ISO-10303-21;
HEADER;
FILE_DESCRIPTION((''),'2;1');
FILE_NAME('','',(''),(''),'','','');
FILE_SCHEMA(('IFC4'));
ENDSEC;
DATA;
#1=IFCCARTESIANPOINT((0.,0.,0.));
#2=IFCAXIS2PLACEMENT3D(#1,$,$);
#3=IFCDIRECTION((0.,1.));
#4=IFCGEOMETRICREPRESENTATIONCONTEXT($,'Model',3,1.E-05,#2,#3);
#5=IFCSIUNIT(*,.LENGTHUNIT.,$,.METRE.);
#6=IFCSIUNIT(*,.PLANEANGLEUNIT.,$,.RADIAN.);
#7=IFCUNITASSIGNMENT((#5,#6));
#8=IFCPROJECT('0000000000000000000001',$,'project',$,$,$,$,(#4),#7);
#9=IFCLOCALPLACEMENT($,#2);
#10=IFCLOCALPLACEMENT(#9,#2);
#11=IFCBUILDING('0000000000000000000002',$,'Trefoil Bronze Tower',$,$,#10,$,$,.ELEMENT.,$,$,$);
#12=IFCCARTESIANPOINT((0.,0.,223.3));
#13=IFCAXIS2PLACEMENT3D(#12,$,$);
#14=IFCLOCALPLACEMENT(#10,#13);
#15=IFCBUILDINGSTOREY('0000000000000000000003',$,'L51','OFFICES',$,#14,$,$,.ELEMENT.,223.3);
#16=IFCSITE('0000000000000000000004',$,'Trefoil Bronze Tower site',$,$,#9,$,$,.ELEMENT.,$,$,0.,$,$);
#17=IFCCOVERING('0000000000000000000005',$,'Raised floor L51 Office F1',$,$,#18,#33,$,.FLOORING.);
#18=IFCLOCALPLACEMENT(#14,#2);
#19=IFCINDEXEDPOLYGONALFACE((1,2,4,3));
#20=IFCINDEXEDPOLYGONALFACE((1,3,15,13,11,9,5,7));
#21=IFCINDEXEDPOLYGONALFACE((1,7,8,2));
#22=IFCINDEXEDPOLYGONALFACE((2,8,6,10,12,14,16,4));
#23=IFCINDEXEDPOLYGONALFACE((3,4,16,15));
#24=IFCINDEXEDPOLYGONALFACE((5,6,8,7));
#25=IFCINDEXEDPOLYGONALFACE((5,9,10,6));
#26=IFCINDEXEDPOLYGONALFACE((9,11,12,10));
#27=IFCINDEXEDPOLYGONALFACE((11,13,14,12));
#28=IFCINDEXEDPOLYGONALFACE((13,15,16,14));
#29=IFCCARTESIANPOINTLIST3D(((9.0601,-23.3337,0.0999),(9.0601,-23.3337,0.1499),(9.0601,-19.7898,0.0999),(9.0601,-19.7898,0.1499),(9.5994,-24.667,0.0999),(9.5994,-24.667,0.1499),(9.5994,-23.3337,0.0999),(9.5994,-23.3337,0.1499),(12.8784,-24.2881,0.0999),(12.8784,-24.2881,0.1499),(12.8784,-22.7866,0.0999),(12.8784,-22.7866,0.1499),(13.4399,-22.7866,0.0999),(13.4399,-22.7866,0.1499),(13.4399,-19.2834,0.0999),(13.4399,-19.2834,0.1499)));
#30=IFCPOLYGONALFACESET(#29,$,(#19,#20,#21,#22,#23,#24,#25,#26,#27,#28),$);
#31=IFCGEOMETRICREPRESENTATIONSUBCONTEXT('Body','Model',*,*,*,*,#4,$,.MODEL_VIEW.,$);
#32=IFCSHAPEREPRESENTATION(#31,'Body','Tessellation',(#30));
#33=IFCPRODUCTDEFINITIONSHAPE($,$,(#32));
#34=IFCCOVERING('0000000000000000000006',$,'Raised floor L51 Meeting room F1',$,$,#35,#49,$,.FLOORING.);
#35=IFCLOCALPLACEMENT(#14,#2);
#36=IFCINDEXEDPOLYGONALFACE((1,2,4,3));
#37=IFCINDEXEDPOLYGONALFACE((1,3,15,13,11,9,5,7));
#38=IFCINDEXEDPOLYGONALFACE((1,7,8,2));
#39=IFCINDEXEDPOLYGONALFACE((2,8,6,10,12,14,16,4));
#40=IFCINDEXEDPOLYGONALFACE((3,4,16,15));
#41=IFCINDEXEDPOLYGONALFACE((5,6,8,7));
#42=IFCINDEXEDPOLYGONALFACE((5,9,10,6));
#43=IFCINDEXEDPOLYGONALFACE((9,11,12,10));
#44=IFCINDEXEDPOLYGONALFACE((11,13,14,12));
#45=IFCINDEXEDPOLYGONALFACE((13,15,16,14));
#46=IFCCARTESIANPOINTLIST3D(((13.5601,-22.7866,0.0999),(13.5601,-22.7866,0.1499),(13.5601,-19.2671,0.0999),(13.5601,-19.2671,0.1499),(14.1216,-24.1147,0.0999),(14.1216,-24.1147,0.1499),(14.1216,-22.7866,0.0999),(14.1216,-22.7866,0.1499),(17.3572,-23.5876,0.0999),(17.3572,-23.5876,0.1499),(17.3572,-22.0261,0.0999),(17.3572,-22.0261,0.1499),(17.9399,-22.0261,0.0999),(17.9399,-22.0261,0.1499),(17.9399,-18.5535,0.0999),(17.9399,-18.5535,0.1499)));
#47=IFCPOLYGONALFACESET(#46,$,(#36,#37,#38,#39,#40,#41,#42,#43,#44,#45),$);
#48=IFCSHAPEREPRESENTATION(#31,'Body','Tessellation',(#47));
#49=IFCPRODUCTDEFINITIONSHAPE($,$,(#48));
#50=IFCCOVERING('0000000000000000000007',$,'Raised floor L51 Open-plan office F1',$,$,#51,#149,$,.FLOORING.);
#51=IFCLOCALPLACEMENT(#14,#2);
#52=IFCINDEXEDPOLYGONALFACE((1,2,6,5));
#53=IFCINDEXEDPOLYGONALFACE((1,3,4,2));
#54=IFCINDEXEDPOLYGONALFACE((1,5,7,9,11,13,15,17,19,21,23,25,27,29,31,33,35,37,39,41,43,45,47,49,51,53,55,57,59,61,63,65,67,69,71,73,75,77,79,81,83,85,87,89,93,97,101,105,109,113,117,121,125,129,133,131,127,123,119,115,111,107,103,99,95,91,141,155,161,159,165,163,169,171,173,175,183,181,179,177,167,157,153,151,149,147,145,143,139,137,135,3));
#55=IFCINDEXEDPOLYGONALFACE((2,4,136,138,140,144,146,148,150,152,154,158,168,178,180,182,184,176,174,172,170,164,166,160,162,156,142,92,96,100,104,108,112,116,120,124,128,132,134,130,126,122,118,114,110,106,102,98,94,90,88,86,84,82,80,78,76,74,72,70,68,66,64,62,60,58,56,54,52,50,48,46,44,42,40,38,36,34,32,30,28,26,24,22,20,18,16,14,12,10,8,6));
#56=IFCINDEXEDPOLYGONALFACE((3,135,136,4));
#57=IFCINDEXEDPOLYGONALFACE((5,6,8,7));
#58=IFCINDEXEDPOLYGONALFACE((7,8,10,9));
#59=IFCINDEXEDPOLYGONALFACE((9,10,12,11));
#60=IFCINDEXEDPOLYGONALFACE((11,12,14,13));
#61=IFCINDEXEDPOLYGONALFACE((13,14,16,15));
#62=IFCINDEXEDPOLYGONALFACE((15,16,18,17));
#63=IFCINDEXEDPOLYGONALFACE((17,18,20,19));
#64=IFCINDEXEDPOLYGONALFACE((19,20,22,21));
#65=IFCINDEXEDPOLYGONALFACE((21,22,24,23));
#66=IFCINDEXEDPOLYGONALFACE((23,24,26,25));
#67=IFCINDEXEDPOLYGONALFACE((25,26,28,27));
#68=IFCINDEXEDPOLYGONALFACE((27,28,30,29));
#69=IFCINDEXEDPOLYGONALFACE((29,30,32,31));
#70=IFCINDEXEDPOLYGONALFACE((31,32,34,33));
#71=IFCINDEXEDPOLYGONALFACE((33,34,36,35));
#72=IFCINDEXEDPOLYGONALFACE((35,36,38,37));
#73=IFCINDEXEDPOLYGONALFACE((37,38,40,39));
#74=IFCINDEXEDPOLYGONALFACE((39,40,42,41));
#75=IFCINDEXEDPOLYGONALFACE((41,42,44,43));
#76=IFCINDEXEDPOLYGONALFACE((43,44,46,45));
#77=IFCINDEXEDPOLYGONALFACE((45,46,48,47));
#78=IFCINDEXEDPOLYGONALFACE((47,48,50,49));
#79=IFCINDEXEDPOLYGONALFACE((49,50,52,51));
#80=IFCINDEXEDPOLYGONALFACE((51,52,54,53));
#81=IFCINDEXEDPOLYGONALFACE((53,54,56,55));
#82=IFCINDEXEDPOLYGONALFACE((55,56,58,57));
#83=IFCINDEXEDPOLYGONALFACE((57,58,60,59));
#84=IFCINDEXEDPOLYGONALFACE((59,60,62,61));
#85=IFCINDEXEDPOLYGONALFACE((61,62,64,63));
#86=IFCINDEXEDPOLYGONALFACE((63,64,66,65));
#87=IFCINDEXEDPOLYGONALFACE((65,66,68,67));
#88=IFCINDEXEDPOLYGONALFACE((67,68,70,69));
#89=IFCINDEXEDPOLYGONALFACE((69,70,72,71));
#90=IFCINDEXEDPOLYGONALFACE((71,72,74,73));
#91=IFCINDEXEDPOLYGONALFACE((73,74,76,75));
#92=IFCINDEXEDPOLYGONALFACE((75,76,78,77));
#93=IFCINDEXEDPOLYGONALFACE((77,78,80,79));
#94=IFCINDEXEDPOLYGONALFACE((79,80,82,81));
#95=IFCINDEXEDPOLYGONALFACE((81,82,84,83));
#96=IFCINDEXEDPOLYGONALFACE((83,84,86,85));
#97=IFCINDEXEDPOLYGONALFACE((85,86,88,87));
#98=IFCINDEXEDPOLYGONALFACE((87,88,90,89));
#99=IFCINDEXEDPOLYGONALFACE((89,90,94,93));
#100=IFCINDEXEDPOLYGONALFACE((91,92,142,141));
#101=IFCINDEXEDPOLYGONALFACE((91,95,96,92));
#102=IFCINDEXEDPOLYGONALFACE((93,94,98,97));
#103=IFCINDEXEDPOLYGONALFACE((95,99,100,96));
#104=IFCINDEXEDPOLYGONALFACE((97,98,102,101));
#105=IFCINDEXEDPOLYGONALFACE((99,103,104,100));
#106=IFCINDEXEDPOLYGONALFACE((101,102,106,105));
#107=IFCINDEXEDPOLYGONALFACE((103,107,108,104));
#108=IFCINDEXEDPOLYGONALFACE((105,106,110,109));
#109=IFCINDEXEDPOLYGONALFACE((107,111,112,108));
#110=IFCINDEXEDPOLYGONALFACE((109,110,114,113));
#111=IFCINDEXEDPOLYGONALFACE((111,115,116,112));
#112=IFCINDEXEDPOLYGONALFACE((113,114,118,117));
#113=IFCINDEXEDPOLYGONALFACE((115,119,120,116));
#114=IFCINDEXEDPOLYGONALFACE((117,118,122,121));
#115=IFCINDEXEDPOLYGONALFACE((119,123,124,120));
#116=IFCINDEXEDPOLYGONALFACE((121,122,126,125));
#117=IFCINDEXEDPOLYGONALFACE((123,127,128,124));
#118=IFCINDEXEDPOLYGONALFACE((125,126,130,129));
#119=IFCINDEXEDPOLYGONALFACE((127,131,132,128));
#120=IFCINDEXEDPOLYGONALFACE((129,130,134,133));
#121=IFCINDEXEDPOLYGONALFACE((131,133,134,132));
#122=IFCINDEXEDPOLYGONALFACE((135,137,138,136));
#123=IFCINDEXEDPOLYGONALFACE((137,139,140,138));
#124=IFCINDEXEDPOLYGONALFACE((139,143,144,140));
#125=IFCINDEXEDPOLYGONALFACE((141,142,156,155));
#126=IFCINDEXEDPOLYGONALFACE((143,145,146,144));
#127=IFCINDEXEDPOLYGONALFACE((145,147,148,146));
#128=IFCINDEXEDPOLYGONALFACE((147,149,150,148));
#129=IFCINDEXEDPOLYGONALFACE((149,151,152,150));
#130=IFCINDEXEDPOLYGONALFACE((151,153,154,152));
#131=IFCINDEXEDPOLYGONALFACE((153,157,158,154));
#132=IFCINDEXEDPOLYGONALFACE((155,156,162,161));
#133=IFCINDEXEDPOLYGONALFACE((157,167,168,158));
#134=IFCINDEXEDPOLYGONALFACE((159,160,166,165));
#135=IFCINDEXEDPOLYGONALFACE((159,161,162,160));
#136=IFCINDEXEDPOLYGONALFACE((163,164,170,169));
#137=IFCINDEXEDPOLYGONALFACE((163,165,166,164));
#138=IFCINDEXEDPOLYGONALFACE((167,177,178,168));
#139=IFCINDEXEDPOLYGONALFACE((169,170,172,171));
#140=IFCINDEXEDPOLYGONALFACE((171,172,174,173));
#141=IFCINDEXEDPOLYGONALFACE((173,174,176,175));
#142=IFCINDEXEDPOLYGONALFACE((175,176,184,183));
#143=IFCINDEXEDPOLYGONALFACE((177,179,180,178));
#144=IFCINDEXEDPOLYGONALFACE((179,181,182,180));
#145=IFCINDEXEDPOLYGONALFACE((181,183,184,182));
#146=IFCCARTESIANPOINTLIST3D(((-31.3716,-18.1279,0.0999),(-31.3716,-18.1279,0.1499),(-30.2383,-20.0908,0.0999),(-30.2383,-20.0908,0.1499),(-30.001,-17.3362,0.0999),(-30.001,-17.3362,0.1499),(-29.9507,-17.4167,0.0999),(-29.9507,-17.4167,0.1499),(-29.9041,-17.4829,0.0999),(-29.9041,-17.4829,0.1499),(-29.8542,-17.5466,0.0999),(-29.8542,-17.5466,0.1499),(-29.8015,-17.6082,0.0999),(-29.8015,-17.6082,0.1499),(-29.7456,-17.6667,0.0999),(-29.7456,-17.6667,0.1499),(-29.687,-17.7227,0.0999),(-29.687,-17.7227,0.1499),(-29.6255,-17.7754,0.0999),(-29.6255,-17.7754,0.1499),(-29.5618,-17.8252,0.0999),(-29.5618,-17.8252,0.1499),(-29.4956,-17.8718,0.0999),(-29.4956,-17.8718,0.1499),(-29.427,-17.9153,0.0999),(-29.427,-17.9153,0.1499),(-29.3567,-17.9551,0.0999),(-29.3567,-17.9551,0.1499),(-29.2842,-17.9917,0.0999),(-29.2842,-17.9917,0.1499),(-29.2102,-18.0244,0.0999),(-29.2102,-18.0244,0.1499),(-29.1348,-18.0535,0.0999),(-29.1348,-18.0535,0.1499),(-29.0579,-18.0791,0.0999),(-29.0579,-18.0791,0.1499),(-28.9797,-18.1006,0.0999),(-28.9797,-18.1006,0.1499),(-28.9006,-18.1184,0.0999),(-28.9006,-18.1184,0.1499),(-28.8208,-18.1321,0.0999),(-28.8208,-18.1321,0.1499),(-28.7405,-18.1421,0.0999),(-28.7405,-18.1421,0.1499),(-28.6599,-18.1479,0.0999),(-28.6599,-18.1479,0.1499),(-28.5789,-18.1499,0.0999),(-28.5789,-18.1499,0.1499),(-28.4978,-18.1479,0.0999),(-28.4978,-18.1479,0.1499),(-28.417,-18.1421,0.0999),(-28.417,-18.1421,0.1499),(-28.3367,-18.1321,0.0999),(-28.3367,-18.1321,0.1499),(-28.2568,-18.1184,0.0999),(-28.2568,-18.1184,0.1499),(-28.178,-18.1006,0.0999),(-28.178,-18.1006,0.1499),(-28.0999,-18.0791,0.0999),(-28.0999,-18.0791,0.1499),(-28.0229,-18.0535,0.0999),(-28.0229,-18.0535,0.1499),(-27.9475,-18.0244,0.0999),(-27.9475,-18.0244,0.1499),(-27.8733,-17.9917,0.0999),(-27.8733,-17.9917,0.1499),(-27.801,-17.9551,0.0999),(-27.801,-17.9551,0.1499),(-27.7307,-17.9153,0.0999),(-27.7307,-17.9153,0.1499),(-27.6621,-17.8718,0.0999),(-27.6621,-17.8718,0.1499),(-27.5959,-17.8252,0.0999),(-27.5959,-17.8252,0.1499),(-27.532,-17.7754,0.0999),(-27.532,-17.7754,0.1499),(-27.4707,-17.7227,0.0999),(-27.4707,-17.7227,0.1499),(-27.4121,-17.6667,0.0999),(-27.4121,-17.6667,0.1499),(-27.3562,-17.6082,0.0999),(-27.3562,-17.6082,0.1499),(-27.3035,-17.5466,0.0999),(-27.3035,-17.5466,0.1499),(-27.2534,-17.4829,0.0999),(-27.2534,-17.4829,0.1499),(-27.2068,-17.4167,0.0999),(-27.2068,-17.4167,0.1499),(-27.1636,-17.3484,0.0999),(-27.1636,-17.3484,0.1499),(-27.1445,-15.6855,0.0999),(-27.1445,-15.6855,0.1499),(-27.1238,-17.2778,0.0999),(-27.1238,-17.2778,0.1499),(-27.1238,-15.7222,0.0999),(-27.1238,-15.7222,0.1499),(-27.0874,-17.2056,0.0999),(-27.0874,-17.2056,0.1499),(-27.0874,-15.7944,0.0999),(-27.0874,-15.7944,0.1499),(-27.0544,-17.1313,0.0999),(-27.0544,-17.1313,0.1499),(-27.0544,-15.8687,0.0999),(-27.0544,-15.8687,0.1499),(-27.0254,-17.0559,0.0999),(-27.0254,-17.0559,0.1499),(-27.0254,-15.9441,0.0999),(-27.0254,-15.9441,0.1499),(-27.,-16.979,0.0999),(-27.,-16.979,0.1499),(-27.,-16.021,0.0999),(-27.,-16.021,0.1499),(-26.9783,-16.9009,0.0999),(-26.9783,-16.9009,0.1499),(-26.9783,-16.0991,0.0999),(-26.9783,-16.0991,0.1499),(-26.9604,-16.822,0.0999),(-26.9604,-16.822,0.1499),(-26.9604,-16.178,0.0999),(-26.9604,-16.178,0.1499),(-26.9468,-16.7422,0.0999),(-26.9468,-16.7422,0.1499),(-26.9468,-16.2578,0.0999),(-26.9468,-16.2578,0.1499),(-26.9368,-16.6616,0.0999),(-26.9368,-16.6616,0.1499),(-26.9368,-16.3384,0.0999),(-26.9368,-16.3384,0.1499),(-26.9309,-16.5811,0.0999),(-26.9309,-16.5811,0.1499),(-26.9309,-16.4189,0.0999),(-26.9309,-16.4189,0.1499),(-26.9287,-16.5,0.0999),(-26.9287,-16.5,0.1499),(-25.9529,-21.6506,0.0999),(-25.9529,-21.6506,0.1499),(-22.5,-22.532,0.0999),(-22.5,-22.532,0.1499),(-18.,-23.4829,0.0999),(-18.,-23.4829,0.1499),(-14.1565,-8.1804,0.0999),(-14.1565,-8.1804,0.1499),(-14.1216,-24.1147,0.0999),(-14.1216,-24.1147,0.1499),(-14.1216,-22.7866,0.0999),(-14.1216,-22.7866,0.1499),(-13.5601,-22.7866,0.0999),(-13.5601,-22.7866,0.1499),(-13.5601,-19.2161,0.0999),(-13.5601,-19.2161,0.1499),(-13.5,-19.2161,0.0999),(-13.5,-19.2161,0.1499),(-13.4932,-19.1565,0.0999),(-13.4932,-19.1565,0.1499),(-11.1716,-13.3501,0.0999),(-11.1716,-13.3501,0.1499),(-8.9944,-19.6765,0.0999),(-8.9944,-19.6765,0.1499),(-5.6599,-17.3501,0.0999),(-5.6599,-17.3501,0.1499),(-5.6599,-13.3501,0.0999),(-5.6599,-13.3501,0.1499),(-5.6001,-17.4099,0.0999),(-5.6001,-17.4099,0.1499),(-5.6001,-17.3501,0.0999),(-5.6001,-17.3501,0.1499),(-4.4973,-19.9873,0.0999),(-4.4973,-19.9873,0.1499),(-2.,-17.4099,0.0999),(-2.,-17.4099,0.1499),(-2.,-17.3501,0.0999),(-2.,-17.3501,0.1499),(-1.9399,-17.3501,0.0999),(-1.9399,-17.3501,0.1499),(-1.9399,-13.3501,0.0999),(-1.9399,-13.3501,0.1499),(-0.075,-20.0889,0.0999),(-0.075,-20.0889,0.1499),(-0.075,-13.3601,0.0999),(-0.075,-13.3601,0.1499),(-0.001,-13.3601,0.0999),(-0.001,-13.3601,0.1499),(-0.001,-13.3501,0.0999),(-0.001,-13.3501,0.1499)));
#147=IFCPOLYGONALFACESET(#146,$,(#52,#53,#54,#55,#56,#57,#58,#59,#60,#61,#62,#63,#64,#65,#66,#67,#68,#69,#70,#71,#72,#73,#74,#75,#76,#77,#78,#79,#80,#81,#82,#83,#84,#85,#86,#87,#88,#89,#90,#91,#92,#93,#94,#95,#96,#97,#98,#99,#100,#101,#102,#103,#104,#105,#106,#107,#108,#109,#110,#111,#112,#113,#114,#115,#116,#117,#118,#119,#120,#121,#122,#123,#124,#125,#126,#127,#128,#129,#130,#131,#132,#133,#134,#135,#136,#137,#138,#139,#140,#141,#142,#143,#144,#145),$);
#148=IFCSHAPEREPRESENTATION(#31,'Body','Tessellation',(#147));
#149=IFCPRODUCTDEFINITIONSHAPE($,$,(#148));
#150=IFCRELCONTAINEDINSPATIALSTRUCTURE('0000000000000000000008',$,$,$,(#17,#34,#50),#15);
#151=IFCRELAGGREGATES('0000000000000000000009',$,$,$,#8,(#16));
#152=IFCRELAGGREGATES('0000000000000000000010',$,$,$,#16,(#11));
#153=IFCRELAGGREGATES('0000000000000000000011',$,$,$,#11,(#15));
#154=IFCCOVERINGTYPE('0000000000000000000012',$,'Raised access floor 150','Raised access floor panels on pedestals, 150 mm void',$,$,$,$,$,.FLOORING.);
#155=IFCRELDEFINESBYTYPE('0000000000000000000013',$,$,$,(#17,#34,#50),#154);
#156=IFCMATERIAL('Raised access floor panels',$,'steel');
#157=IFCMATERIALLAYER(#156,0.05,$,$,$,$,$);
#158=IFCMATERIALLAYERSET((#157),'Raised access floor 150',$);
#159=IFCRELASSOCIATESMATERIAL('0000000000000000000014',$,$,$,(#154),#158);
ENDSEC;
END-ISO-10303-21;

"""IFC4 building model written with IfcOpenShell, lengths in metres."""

from ifc_helpers import new_model, si_unit, direction, frame, origin, place, context, subcontext, project, spatial, polyline, outline, extrude, material, layer, layer_set, type_object, element, save


model = new_model("IFC4")

# Units and contexts
model_context = context("Model", 3, precision=1e-05, world=origin(), true_north=direction((0.0, 1.0)))
body_context = subcontext(model_context, "Body", "Model", "MODEL_VIEW")
ifc_project = project(units=[si_unit("LENGTHUNIT", "METRE"), si_unit("PLANEANGLEUNIT", "RADIAN")], contexts=[model_context])

# Site, building, storey
site_placement = place(None, origin())
site = spatial("IfcSite", under=ifc_project, at=site_placement, Name="Trefoil Bronze Tower site", CompositionType="ELEMENT", RefElevation=0.0)
building_placement = place(site_placement, origin())
building = spatial("IfcBuilding", under=site, at=building_placement, Name="Trefoil Bronze Tower", CompositionType="ELEMENT")
storey_placement = place(building_placement, frame((0.0, 0.0, 223.3)))
storey = spatial("IfcBuildingStorey", under=building, at=storey_placement, Name="L51", Description="OFFICES", CompositionType="ELEMENT", Elevation=223.3)

# Coverings
ifc_material_1 = material(Name="Raised access floor panels", Category="steel")
ifc_layer_1 = layer(ifc_material_1, 0.05)
ifc_layer_set_1 = layer_set([ifc_layer_1], Name="Raised access floor 150")
covering_type_1 = type_object("IfcCoveringType", Name="Raised access floor 150", Description="Raised access floor panels on pedestals, 150 mm void", PredefinedType="FLOORING", material=ifc_layer_set_1)
covering_1_placement = place(storey_placement, frame((0.0, 0.0, 0.0999)))
element("IfcCovering", 1, at=covering_1_placement, inside=storey, type_object=covering_type_1, Name="Raised floor L51 Office F1", PredefinedType="FLOORING", context=body_context, shape_type="SweptSolid", body=[
    extrude(outline(polyline([(9.0601, -19.7898), (13.4399, -19.2834), (13.4399, -22.7866), (12.8784, -22.7866), (12.8784, -24.2881), (9.5994, -24.667), (9.5994, -23.3337), (9.0601, -23.3337), (9.0601, -19.7898)])), origin(), (0.0, 0.0, 1.0), 0.05),
])
covering_2_placement = place(storey_placement, frame((0.0, 0.0, 0.0999)))
element("IfcCovering", 2, at=covering_2_placement, inside=storey, type_object=covering_type_1, Name="Raised floor L51 Meeting room F1", PredefinedType="FLOORING", context=body_context, shape_type="SweptSolid", body=[
    extrude(outline(polyline([(13.5601, -19.2671), (17.9399, -18.5535), (17.9399, -22.0261), (17.3572, -22.0261), (17.3572, -23.5876), (14.1216, -24.1147), (14.1216, -22.7866), (13.5601, -22.7866), (13.5601, -19.2671)])), origin(), (0.0, 0.0, 1.0), 0.05),
])
covering_3_placement = place(storey_placement, frame((0.0, 0.0, 0.0999)))
element("IfcCovering", 3, at=covering_3_placement, inside=storey, type_object=covering_type_1, Name="Raised floor L51 Open-plan office F1", PredefinedType="FLOORING", context=body_context, shape_type="SweptSolid", body=[
    extrude(outline(polyline([(-27.1238, -15.7222), (-27.1445, -15.6855), (-14.1565, -8.1804), (-11.1716, -13.3501), (-5.6599, -13.3501), (-5.6599, -17.3501), (-5.6001, -17.3501), (-5.6001, -17.4099), (-2.0, -17.4099), (-2.0, -17.3501), (-1.9399, -17.3501), (-1.9399, -13.3501), (-0.001, -13.3501), (-0.001, -13.3601), (-0.075, -13.3601), (-0.075, -20.0889), (-4.4973, -19.9873), (-8.9944, -19.6765), (-13.4932, -19.1565), (-13.5, -19.2161), (-13.5601, -19.2161), (-13.5601, -22.7866), (-14.1216, -22.7866), (-14.1216, -24.1147), (-18.0, -23.4829), (-22.5, -22.532), (-25.9529, -21.6506), (-30.2383, -20.0908), (-31.3716, -18.1279), (-30.001, -17.3362), (-29.9507, -17.4167), (-29.9041, -17.4829), (-29.8542, -17.5466), (-29.8015, -17.6082), (-29.7456, -17.6667), (-29.687, -17.7227), (-29.6255, -17.7754), (-29.5618, -17.8252), (-29.4956, -17.8718), (-29.427, -17.9153), (-29.3567, -17.9551), (-29.2842, -17.9917), (-29.2102, -18.0244), (-29.1348, -18.0535), (-29.0579, -18.0791), (-28.9797, -18.1006), (-28.9006, -18.1184), (-28.8208, -18.1321), (-28.7405, -18.1421), (-28.6599, -18.1479), (-28.5789, -18.1499), (-28.4978, -18.1479), (-28.417, -18.1421), (-28.3367, -18.1321), (-28.2568, -18.1184), (-28.178, -18.1006), (-28.0999, -18.0791), (-28.0229, -18.0535), (-27.9475, -18.0244), (-27.8733, -17.9917), (-27.801, -17.9551), (-27.7307, -17.9153), (-27.6621, -17.8718), (-27.5959, -17.8252), (-27.532, -17.7754), (-27.4707, -17.7227), (-27.4121, -17.6667), (-27.3562, -17.6082), (-27.3035, -17.5466), (-27.2534, -17.4829), (-27.2068, -17.4167), (-27.1636, -17.3484), (-27.1238, -17.2778), (-27.0874, -17.2056), (-27.0544, -17.1313), (-27.0254, -17.0559), (-27.0, -16.979), (-26.9783, -16.9009), (-26.9604, -16.822), (-26.9468, -16.7422), (-26.9368, -16.6616), (-26.9309, -16.5811), (-26.9287, -16.5), (-26.9309, -16.4189), (-26.9368, -16.3384), (-26.9468, -16.2578), (-26.9604, -16.178), (-26.9783, -16.0991), (-27.0, -16.021), (-27.0254, -15.9441), (-27.0544, -15.8687), (-27.0874, -15.7944), (-27.1238, -15.7222)])), origin(), (0.0, 0.0, 1.0), 0.05),
])

save(model, "model.ifc")
